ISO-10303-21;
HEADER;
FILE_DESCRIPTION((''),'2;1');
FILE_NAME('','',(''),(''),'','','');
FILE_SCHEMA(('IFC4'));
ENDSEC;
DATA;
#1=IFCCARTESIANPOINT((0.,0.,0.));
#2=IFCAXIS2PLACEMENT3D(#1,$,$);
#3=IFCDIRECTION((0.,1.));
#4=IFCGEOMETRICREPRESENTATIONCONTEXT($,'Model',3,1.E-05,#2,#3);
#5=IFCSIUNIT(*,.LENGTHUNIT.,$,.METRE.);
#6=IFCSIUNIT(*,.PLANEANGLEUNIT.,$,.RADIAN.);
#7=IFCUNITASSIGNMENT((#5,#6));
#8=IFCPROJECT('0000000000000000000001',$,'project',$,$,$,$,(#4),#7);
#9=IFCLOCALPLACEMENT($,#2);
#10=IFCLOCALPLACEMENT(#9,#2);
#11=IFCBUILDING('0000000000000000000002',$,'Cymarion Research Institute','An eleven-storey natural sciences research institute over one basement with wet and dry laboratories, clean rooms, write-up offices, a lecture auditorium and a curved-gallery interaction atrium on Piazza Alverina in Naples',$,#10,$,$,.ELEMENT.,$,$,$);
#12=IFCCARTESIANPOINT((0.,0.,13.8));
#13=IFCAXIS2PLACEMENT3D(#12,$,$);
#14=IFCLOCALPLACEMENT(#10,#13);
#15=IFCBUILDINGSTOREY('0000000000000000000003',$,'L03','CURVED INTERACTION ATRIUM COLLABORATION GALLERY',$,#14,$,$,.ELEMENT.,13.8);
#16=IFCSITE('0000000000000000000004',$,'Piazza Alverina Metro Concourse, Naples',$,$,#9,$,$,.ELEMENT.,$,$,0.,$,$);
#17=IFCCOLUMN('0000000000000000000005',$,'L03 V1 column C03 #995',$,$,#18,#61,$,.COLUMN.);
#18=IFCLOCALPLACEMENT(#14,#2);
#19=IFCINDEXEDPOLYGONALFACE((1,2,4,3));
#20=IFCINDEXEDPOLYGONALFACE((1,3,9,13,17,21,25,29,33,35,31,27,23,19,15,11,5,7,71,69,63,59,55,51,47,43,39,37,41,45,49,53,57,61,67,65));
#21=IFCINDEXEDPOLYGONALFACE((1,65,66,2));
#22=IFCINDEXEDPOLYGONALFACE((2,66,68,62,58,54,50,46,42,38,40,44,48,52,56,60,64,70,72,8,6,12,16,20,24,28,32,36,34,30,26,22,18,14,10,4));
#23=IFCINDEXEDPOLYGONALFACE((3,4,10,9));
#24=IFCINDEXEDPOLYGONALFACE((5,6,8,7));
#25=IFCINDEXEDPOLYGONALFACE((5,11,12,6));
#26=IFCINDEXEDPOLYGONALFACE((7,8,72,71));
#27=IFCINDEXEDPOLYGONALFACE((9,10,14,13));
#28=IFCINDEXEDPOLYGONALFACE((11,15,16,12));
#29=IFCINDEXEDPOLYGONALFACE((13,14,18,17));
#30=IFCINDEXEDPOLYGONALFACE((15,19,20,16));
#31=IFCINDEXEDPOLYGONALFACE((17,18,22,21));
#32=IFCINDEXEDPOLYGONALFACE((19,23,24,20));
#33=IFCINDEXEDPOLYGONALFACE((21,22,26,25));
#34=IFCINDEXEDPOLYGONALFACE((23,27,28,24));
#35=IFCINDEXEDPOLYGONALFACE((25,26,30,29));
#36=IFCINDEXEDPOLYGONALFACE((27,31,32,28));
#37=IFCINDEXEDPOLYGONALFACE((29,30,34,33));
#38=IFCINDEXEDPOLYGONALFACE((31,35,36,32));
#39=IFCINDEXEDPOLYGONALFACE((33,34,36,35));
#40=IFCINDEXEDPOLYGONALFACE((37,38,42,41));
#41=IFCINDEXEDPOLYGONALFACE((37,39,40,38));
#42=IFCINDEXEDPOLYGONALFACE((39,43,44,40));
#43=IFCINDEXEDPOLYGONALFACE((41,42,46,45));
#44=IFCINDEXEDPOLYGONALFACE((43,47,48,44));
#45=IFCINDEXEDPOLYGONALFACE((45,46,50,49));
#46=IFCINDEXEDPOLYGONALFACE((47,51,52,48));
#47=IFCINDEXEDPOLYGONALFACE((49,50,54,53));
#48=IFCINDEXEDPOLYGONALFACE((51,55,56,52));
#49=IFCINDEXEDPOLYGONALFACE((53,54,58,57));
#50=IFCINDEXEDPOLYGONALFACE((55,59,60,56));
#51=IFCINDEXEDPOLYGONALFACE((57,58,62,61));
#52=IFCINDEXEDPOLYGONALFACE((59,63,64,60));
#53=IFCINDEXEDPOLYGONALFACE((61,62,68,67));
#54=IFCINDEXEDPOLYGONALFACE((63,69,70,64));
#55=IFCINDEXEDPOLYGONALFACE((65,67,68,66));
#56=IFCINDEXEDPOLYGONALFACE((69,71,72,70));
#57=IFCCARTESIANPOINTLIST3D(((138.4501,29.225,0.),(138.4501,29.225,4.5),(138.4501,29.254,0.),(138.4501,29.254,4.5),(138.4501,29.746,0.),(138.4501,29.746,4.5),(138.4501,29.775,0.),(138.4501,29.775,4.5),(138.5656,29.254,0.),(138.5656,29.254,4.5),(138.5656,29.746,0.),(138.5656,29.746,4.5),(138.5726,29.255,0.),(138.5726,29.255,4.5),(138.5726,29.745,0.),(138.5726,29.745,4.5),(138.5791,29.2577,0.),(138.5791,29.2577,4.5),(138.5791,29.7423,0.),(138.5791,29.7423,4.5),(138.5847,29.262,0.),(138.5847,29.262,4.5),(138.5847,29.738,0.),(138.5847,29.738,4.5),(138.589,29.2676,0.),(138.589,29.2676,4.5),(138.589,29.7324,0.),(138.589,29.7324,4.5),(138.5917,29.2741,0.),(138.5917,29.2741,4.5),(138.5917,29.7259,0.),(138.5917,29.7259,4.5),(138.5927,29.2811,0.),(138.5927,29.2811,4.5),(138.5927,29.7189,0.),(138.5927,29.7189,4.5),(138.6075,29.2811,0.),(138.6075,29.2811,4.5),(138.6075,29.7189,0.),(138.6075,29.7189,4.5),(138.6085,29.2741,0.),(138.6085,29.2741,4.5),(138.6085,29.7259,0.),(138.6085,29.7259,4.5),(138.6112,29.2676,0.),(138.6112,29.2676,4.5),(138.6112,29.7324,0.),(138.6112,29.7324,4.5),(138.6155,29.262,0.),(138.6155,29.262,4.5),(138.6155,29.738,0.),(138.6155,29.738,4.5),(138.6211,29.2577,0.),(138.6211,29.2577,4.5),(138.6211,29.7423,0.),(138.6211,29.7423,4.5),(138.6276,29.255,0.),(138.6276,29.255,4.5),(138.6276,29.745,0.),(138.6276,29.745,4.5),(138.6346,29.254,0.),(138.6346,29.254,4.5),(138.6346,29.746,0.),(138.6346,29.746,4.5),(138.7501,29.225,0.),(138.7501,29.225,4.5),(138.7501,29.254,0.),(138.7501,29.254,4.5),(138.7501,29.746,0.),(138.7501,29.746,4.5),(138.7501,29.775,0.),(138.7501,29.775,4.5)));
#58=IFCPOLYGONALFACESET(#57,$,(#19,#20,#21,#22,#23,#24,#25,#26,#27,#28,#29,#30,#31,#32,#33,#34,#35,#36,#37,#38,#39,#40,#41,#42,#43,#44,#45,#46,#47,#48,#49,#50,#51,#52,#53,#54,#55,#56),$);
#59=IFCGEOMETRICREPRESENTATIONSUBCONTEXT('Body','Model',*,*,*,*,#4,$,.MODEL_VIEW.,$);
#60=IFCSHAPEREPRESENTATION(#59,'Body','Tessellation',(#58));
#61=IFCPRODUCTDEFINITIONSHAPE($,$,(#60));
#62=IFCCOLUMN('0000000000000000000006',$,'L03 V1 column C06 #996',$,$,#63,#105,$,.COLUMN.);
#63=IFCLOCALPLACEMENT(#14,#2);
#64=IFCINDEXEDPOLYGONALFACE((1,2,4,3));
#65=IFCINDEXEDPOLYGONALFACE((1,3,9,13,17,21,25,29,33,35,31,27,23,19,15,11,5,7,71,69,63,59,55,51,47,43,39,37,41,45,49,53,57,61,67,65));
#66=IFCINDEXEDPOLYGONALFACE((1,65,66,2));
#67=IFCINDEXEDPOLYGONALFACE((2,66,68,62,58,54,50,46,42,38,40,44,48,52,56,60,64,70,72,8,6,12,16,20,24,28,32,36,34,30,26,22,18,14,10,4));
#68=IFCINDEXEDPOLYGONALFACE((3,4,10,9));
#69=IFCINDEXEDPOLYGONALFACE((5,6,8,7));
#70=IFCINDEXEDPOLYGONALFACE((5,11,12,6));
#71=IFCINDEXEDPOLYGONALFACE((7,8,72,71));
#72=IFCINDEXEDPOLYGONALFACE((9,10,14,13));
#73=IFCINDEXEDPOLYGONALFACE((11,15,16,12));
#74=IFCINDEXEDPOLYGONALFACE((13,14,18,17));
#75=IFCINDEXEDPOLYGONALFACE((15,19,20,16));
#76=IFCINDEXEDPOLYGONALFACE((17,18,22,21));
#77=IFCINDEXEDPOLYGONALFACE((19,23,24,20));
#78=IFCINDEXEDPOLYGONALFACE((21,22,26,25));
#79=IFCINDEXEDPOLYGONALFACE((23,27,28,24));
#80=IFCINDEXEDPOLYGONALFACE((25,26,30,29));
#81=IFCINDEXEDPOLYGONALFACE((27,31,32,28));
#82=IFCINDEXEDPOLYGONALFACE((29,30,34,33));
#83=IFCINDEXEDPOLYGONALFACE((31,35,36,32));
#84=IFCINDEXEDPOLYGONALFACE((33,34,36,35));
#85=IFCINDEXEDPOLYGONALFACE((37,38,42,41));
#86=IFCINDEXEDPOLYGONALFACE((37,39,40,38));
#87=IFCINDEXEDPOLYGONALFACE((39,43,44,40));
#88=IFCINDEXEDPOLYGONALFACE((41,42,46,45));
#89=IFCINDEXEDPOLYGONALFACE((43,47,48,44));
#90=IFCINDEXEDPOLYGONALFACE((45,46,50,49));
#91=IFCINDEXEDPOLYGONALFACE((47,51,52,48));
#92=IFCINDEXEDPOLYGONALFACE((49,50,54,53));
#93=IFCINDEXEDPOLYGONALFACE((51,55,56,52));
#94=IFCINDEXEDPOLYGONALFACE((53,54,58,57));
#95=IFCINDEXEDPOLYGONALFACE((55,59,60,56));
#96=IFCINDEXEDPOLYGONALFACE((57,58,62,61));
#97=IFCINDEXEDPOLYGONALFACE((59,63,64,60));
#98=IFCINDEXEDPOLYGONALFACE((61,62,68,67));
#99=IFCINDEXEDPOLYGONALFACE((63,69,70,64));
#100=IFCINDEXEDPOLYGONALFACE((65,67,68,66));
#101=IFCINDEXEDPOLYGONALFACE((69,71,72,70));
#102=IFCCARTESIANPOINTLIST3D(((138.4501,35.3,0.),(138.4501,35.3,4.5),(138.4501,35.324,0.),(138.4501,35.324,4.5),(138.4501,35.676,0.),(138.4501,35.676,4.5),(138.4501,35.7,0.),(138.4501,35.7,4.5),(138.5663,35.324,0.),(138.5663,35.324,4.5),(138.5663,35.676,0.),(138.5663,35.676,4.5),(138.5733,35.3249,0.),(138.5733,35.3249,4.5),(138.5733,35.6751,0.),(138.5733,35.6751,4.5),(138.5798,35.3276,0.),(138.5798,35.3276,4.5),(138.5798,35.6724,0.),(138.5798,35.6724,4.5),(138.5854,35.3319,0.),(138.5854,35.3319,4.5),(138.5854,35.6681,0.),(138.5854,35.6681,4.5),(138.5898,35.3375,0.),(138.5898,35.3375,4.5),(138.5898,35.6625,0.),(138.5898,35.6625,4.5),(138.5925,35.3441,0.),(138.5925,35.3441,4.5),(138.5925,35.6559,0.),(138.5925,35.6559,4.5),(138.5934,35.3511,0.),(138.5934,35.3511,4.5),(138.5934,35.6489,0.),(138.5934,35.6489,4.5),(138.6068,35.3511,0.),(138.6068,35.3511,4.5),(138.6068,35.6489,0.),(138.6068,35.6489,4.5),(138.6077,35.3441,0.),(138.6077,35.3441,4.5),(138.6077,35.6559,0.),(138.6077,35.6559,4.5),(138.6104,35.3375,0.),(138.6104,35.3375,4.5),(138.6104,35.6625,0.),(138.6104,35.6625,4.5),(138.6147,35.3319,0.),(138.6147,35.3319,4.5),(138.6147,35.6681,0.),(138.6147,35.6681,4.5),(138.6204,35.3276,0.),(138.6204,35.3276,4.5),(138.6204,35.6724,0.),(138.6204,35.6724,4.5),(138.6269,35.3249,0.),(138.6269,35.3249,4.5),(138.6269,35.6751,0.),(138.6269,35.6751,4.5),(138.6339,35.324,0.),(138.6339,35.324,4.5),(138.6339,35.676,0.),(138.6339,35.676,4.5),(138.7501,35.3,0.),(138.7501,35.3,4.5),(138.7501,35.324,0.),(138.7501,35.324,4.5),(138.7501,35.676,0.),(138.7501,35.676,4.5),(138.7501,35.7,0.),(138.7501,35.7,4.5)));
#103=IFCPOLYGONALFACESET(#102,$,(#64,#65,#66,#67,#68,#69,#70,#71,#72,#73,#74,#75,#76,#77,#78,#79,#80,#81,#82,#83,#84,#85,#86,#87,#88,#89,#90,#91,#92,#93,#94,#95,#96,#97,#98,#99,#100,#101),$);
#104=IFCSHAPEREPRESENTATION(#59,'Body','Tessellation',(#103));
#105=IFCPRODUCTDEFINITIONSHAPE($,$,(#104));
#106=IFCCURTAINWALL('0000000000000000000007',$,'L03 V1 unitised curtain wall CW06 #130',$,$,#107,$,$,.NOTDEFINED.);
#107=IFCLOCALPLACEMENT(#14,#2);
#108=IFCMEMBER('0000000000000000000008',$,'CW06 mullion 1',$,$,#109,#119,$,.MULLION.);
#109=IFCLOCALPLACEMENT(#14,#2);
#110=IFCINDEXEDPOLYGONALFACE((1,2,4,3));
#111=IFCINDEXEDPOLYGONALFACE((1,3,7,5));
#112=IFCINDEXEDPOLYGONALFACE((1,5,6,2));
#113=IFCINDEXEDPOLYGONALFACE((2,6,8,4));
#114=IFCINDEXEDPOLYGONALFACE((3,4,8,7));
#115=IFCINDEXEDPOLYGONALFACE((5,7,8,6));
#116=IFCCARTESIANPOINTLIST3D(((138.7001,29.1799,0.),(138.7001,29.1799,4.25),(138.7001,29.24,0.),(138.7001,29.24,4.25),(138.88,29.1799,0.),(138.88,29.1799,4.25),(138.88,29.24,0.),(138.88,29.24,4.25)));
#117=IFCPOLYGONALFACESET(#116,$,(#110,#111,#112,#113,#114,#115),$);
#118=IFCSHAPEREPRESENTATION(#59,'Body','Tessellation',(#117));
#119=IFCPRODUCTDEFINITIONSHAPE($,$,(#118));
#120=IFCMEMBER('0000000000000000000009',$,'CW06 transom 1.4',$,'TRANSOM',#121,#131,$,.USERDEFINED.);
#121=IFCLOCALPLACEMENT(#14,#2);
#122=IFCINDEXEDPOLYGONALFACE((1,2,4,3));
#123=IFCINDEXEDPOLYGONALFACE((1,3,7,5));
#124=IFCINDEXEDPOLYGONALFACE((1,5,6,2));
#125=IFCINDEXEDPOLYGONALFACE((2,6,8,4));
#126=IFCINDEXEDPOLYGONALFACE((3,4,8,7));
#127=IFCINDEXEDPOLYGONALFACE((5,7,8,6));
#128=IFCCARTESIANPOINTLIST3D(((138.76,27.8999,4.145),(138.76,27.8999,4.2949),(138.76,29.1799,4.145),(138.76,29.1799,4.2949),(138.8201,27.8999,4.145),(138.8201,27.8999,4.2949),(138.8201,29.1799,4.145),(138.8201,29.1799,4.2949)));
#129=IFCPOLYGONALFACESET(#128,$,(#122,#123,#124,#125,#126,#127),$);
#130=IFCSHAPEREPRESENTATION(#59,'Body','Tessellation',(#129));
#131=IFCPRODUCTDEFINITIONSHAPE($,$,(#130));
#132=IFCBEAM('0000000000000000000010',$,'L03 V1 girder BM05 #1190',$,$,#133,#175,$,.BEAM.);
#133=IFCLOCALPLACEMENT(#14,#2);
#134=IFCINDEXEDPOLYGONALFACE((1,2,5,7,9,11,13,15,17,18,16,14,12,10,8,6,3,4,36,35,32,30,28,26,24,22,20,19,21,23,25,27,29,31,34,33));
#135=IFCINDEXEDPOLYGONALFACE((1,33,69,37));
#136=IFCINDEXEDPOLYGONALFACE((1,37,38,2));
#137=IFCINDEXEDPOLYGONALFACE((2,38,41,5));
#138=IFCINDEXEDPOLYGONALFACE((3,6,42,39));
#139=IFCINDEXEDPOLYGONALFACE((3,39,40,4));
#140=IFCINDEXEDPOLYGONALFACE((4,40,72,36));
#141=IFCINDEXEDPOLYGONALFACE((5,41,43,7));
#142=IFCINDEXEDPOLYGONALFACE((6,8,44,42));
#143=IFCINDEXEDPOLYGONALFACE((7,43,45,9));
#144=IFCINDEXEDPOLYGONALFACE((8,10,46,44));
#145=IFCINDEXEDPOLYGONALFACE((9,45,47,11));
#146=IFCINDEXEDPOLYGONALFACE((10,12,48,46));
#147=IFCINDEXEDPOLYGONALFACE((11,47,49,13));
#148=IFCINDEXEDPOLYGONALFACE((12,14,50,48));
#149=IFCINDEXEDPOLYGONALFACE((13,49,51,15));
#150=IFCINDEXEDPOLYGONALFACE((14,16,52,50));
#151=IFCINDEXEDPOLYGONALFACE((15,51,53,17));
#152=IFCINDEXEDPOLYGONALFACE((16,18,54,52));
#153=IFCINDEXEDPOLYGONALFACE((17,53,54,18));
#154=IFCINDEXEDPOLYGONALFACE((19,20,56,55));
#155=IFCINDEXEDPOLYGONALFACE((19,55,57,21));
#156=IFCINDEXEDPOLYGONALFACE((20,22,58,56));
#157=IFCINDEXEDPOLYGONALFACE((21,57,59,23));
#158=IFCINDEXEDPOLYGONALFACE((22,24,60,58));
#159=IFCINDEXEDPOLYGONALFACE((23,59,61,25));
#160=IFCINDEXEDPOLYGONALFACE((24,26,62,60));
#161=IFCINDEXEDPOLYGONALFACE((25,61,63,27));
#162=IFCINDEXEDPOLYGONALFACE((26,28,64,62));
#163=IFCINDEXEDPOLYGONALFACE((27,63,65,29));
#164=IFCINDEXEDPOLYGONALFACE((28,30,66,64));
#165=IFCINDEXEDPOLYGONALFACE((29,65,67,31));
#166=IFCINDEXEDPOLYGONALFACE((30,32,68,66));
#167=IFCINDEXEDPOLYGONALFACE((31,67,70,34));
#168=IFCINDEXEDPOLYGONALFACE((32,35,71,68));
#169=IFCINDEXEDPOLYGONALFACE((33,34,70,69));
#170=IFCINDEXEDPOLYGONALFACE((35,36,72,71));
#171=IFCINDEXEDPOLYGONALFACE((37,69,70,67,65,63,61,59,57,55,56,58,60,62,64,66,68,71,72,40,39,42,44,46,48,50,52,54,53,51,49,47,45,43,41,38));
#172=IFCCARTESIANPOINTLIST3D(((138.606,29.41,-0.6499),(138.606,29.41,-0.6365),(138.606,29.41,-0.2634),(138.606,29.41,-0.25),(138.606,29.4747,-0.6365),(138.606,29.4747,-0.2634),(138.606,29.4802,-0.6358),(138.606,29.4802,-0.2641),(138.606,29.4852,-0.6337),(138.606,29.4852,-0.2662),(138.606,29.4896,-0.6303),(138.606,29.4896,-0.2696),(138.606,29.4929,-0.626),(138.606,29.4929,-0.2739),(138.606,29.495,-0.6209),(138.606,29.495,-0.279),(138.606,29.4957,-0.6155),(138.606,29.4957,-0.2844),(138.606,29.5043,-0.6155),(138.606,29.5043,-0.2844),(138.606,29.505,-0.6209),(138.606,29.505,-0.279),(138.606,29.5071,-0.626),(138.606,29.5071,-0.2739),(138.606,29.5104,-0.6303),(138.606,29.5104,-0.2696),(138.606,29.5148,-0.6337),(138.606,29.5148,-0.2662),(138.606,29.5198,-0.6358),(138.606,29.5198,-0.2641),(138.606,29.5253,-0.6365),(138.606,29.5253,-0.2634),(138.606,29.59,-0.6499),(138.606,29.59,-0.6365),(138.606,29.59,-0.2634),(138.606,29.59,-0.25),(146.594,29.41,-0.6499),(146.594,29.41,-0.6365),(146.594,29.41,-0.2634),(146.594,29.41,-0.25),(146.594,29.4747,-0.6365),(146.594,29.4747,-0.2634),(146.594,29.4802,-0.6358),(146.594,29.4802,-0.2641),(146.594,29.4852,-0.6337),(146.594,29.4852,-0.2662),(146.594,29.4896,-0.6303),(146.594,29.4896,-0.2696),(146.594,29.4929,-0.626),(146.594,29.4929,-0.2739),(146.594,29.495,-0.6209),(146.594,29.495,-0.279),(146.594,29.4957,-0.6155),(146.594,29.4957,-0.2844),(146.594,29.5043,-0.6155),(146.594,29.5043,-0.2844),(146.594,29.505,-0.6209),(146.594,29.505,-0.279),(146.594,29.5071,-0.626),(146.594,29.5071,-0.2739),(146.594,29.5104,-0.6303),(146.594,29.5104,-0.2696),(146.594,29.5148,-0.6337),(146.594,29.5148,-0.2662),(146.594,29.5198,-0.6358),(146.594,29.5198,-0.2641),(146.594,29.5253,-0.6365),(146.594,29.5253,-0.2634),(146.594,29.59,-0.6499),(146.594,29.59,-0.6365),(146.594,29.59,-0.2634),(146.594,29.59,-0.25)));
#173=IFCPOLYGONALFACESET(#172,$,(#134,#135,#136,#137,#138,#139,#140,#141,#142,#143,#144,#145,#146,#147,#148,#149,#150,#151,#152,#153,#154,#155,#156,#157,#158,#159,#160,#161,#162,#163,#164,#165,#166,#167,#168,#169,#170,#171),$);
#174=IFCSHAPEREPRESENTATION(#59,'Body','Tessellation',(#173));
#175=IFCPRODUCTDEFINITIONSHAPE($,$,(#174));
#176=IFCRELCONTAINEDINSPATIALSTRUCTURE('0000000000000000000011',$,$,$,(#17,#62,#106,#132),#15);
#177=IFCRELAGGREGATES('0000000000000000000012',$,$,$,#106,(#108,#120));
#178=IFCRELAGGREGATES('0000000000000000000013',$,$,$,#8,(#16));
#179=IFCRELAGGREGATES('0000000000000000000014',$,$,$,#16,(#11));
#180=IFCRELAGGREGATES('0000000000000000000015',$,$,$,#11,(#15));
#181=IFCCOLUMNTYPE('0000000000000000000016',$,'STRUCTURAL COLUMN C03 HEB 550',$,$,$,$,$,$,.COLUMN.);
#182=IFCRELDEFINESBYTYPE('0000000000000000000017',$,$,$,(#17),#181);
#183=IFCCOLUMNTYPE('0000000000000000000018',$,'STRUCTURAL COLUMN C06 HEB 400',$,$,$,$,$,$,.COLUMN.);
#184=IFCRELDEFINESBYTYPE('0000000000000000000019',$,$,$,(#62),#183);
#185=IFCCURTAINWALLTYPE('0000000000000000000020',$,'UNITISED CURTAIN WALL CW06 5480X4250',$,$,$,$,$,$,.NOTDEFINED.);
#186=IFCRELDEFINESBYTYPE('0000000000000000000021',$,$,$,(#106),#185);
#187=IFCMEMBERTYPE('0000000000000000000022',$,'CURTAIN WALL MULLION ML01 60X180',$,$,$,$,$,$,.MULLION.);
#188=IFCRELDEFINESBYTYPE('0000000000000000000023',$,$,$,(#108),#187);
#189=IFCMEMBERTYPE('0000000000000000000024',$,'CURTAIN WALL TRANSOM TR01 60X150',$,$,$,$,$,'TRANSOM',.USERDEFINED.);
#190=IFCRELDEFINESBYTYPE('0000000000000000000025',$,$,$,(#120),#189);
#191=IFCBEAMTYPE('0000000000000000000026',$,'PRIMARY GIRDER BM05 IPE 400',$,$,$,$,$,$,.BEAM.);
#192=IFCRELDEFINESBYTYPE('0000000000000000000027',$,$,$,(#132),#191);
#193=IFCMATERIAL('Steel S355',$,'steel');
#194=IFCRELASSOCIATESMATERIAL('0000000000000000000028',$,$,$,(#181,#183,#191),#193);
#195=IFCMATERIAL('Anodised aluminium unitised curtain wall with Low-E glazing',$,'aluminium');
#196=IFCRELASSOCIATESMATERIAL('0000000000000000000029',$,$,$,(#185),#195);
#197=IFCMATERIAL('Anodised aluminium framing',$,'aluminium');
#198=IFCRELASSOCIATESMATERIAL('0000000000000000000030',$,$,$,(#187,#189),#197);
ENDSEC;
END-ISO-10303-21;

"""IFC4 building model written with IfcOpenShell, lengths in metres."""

from ifc_helpers import new_model, si_unit, direction, frame, origin, origin_2d, place, context, subcontext, project, spatial, rectangle, i_section, extrude, material, material_profile, profile_set, type_object, element, aggregate, save


model = new_model("IFC4")

# Units and contexts
model_context = context("Model", 3, precision=1e-05, world=origin(), true_north=direction((0.0, 1.0)))
body_context = subcontext(model_context, "Body", "Model", "MODEL_VIEW")
ifc_project = project(units=[si_unit("LENGTHUNIT", "METRE"), si_unit("PLANEANGLEUNIT", "RADIAN")], contexts=[model_context])

# Site, building, storey
site_placement = place(None, origin())
site = spatial("IfcSite", under=ifc_project, at=site_placement, Name="Piazza Alverina Metro Concourse, Naples", CompositionType="ELEMENT", RefElevation=0.0)
building_placement = place(site_placement, origin())
building = spatial("IfcBuilding", under=site, at=building_placement, Name="Cymarion Research Institute", Description="An eleven-storey natural sciences research institute over one basement with wet and dry laboratories, clean rooms, write-up offices, a lecture auditorium and a curved-gallery interaction atrium on Piazza Alverina in Naples", CompositionType="ELEMENT")
storey_placement = place(building_placement, frame((0.0, 0.0, 13.8)))
storey = spatial("IfcBuildingStorey", under=building, at=storey_placement, Name="L03", Description="CURVED INTERACTION ATRIUM COLLABORATION GALLERY", CompositionType="ELEMENT", Elevation=13.8)

# Columns
ifc_material_1 = material(Name="Steel S355", Category="steel")
ifc_material_profile_1 = material_profile(ifc_material_1, i_section(OverallWidth=0.3, OverallDepth=0.55, WebThickness=0.0149, FlangeThickness=0.0291, FilletRadius=0.0271, at=origin_2d()), Name="HEB 550")
ifc_profile_set_1 = profile_set([ifc_material_profile_1], Name="Steel S355")
column_type_1 = type_object("IfcColumnType", Name="STRUCTURAL COLUMN C03 HEB 550", PredefinedType="COLUMN", material=ifc_profile_set_1)
column_1_placement = place(storey_placement, frame((138.6001, 29.5, 0.0), z_axis=(0.0, 0.0, 1.0), x_axis=(1.0, 0.0, 0.0)))
element("IfcColumn", 1, at=column_1_placement, inside=storey, type_object=column_type_1, Name="L03 V1 column C03 #995", PredefinedType="COLUMN", context=body_context, shape_type="SweptSolid", body=[
    extrude(i_section(OverallWidth=0.3, OverallDepth=0.55, WebThickness=0.0149, FlangeThickness=0.0291, FilletRadius=0.0271, at=origin_2d()), origin(), (0.0, 0.0, 1.0), 4.5),
])
ifc_material_profile_2 = material_profile(ifc_material_1, i_section(OverallWidth=0.3, OverallDepth=0.3999, WebThickness=0.0134, FlangeThickness=0.0239, FilletRadius=0.0271, at=origin_2d()), Name="HEB 400")
ifc_profile_set_2 = profile_set([ifc_material_profile_2], Name="Steel S355")
column_type_2 = type_object("IfcColumnType", Name="STRUCTURAL COLUMN C06 HEB 400", PredefinedType="COLUMN", material=ifc_profile_set_2)
column_2_placement = place(storey_placement, frame((138.6001, 35.5, 0.0), z_axis=(0.0, 0.0, 1.0), x_axis=(1.0, 0.0, 0.0)))
element("IfcColumn", 2, at=column_2_placement, inside=storey, type_object=column_type_2, Name="L03 V1 column C06 #996", PredefinedType="COLUMN", context=body_context, shape_type="SweptSolid", body=[
    extrude(i_section(OverallWidth=0.3, OverallDepth=0.3999, WebThickness=0.0134, FlangeThickness=0.0239, FilletRadius=0.0271, at=origin_2d()), origin(), (0.0, 0.0, 1.0), 4.5),
])

# Curtain wall, members
ifc_material_2 = material(Name="Anodised aluminium unitised curtain wall with Low-E glazing", Category="aluminium")
curtain_wall_type = type_object("IfcCurtainWallType", Name="UNITISED CURTAIN WALL CW06 5480X4250", PredefinedType="NOTDEFINED", material=ifc_material_2)
curtain_wall_placement = place(storey_placement, origin())
curtain_wall = element("IfcCurtainWall", 3, at=curtain_wall_placement, inside=storey, type_object=curtain_wall_type, Name="L03 V1 unitised curtain wall CW06 #130", PredefinedType="NOTDEFINED")
ifc_material_3 = material(Name="Anodised aluminium framing", Category="aluminium")
ifc_material_profile_3 = material_profile(ifc_material_3, rectangle(XDim=0.0601, YDim=0.1799, at=origin_2d()), Name="ALU MULLION 60x180")
ifc_profile_set_3 = profile_set([ifc_material_profile_3], Name="Anodised aluminium framing")
member_type_1 = type_object("IfcMemberType", Name="CURTAIN WALL MULLION ML01 60X180", PredefinedType="MULLION", material=ifc_profile_set_3)
member_1_placement = place(storey_placement, frame((138.79, 29.21, 0.0), z_axis=(0.0, 0.0, 1.0), x_axis=(0.0, -1.0, 0.0)))
member_1 = element("IfcMember", 4, at=member_1_placement, type_object=member_type_1, Name="CW06 mullion 1", PredefinedType="MULLION", context=body_context, shape_type="SweptSolid", body=[
    extrude(rectangle(XDim=0.0601, YDim=0.1799, at=origin_2d()), origin(), (0.0, 0.0, 1.0), 4.25),
])
ifc_material_profile_4 = material_profile(ifc_material_3, rectangle(XDim=0.0601, YDim=0.1499, at=origin_2d()), Name="ALU TRANSOM 60x150")
ifc_profile_set_4 = profile_set([ifc_material_profile_4], Name="Anodised aluminium framing")
member_type_2 = type_object("IfcMemberType", Name="CURTAIN WALL TRANSOM TR01 60X150", ElementType="TRANSOM", PredefinedType="USERDEFINED", material=ifc_profile_set_4)
member_2_placement = place(storey_placement, frame((138.79, 29.1799, 4.22), z_axis=(0.0, -1.0, 0.0), x_axis=(1.0, 0.0, 0.0)))
member_2 = element("IfcMember", 5, at=member_2_placement, type_object=member_type_2, Name="CW06 transom 1.4", ObjectType="TRANSOM", PredefinedType="USERDEFINED", context=body_context, shape_type="SweptSolid", body=[
    extrude(rectangle(XDim=0.0601, YDim=0.1499, at=origin_2d()), origin(), (0.0, 0.0, 1.0), 1.28),
])
aggregate(curtain_wall, [member_1, member_2])

# Beam
ifc_material_profile_5 = material_profile(ifc_material_1, i_section(OverallWidth=0.1799, OverallDepth=0.3999, WebThickness=0.0085, FlangeThickness=0.0134, FilletRadius=0.021, at=origin_2d()), Name="IPE 400")
ifc_profile_set_5 = profile_set([ifc_material_profile_5], Name="Steel S355")
beam_type_1 = type_object("IfcBeamType", Name="PRIMARY GIRDER BM05 IPE 400", PredefinedType="BEAM", material=ifc_profile_set_5)
for number, where, z_axis, x_axis, name in (
    (6, (138.606, 29.5, -0.45), (1.0, 0.0, 0.0), (0.0, 1.0, 0.0), "L03 V1 girder BM05 #1190"),
):
    element("IfcBeam", number, at=place(storey_placement, frame(where, z_axis=z_axis, x_axis=x_axis)), inside=storey, type_object=beam_type_1, Name=name, PredefinedType="BEAM", context=body_context, shape_type="SweptSolid", body=[
        extrude(i_section(OverallWidth=0.1799, OverallDepth=0.3999, WebThickness=0.0085, FlangeThickness=0.0134, FilletRadius=0.021, at=origin_2d()), origin(), (0.0, 0.0, 1.0), 7.988),
    ])

save(model, "model.ifc")
